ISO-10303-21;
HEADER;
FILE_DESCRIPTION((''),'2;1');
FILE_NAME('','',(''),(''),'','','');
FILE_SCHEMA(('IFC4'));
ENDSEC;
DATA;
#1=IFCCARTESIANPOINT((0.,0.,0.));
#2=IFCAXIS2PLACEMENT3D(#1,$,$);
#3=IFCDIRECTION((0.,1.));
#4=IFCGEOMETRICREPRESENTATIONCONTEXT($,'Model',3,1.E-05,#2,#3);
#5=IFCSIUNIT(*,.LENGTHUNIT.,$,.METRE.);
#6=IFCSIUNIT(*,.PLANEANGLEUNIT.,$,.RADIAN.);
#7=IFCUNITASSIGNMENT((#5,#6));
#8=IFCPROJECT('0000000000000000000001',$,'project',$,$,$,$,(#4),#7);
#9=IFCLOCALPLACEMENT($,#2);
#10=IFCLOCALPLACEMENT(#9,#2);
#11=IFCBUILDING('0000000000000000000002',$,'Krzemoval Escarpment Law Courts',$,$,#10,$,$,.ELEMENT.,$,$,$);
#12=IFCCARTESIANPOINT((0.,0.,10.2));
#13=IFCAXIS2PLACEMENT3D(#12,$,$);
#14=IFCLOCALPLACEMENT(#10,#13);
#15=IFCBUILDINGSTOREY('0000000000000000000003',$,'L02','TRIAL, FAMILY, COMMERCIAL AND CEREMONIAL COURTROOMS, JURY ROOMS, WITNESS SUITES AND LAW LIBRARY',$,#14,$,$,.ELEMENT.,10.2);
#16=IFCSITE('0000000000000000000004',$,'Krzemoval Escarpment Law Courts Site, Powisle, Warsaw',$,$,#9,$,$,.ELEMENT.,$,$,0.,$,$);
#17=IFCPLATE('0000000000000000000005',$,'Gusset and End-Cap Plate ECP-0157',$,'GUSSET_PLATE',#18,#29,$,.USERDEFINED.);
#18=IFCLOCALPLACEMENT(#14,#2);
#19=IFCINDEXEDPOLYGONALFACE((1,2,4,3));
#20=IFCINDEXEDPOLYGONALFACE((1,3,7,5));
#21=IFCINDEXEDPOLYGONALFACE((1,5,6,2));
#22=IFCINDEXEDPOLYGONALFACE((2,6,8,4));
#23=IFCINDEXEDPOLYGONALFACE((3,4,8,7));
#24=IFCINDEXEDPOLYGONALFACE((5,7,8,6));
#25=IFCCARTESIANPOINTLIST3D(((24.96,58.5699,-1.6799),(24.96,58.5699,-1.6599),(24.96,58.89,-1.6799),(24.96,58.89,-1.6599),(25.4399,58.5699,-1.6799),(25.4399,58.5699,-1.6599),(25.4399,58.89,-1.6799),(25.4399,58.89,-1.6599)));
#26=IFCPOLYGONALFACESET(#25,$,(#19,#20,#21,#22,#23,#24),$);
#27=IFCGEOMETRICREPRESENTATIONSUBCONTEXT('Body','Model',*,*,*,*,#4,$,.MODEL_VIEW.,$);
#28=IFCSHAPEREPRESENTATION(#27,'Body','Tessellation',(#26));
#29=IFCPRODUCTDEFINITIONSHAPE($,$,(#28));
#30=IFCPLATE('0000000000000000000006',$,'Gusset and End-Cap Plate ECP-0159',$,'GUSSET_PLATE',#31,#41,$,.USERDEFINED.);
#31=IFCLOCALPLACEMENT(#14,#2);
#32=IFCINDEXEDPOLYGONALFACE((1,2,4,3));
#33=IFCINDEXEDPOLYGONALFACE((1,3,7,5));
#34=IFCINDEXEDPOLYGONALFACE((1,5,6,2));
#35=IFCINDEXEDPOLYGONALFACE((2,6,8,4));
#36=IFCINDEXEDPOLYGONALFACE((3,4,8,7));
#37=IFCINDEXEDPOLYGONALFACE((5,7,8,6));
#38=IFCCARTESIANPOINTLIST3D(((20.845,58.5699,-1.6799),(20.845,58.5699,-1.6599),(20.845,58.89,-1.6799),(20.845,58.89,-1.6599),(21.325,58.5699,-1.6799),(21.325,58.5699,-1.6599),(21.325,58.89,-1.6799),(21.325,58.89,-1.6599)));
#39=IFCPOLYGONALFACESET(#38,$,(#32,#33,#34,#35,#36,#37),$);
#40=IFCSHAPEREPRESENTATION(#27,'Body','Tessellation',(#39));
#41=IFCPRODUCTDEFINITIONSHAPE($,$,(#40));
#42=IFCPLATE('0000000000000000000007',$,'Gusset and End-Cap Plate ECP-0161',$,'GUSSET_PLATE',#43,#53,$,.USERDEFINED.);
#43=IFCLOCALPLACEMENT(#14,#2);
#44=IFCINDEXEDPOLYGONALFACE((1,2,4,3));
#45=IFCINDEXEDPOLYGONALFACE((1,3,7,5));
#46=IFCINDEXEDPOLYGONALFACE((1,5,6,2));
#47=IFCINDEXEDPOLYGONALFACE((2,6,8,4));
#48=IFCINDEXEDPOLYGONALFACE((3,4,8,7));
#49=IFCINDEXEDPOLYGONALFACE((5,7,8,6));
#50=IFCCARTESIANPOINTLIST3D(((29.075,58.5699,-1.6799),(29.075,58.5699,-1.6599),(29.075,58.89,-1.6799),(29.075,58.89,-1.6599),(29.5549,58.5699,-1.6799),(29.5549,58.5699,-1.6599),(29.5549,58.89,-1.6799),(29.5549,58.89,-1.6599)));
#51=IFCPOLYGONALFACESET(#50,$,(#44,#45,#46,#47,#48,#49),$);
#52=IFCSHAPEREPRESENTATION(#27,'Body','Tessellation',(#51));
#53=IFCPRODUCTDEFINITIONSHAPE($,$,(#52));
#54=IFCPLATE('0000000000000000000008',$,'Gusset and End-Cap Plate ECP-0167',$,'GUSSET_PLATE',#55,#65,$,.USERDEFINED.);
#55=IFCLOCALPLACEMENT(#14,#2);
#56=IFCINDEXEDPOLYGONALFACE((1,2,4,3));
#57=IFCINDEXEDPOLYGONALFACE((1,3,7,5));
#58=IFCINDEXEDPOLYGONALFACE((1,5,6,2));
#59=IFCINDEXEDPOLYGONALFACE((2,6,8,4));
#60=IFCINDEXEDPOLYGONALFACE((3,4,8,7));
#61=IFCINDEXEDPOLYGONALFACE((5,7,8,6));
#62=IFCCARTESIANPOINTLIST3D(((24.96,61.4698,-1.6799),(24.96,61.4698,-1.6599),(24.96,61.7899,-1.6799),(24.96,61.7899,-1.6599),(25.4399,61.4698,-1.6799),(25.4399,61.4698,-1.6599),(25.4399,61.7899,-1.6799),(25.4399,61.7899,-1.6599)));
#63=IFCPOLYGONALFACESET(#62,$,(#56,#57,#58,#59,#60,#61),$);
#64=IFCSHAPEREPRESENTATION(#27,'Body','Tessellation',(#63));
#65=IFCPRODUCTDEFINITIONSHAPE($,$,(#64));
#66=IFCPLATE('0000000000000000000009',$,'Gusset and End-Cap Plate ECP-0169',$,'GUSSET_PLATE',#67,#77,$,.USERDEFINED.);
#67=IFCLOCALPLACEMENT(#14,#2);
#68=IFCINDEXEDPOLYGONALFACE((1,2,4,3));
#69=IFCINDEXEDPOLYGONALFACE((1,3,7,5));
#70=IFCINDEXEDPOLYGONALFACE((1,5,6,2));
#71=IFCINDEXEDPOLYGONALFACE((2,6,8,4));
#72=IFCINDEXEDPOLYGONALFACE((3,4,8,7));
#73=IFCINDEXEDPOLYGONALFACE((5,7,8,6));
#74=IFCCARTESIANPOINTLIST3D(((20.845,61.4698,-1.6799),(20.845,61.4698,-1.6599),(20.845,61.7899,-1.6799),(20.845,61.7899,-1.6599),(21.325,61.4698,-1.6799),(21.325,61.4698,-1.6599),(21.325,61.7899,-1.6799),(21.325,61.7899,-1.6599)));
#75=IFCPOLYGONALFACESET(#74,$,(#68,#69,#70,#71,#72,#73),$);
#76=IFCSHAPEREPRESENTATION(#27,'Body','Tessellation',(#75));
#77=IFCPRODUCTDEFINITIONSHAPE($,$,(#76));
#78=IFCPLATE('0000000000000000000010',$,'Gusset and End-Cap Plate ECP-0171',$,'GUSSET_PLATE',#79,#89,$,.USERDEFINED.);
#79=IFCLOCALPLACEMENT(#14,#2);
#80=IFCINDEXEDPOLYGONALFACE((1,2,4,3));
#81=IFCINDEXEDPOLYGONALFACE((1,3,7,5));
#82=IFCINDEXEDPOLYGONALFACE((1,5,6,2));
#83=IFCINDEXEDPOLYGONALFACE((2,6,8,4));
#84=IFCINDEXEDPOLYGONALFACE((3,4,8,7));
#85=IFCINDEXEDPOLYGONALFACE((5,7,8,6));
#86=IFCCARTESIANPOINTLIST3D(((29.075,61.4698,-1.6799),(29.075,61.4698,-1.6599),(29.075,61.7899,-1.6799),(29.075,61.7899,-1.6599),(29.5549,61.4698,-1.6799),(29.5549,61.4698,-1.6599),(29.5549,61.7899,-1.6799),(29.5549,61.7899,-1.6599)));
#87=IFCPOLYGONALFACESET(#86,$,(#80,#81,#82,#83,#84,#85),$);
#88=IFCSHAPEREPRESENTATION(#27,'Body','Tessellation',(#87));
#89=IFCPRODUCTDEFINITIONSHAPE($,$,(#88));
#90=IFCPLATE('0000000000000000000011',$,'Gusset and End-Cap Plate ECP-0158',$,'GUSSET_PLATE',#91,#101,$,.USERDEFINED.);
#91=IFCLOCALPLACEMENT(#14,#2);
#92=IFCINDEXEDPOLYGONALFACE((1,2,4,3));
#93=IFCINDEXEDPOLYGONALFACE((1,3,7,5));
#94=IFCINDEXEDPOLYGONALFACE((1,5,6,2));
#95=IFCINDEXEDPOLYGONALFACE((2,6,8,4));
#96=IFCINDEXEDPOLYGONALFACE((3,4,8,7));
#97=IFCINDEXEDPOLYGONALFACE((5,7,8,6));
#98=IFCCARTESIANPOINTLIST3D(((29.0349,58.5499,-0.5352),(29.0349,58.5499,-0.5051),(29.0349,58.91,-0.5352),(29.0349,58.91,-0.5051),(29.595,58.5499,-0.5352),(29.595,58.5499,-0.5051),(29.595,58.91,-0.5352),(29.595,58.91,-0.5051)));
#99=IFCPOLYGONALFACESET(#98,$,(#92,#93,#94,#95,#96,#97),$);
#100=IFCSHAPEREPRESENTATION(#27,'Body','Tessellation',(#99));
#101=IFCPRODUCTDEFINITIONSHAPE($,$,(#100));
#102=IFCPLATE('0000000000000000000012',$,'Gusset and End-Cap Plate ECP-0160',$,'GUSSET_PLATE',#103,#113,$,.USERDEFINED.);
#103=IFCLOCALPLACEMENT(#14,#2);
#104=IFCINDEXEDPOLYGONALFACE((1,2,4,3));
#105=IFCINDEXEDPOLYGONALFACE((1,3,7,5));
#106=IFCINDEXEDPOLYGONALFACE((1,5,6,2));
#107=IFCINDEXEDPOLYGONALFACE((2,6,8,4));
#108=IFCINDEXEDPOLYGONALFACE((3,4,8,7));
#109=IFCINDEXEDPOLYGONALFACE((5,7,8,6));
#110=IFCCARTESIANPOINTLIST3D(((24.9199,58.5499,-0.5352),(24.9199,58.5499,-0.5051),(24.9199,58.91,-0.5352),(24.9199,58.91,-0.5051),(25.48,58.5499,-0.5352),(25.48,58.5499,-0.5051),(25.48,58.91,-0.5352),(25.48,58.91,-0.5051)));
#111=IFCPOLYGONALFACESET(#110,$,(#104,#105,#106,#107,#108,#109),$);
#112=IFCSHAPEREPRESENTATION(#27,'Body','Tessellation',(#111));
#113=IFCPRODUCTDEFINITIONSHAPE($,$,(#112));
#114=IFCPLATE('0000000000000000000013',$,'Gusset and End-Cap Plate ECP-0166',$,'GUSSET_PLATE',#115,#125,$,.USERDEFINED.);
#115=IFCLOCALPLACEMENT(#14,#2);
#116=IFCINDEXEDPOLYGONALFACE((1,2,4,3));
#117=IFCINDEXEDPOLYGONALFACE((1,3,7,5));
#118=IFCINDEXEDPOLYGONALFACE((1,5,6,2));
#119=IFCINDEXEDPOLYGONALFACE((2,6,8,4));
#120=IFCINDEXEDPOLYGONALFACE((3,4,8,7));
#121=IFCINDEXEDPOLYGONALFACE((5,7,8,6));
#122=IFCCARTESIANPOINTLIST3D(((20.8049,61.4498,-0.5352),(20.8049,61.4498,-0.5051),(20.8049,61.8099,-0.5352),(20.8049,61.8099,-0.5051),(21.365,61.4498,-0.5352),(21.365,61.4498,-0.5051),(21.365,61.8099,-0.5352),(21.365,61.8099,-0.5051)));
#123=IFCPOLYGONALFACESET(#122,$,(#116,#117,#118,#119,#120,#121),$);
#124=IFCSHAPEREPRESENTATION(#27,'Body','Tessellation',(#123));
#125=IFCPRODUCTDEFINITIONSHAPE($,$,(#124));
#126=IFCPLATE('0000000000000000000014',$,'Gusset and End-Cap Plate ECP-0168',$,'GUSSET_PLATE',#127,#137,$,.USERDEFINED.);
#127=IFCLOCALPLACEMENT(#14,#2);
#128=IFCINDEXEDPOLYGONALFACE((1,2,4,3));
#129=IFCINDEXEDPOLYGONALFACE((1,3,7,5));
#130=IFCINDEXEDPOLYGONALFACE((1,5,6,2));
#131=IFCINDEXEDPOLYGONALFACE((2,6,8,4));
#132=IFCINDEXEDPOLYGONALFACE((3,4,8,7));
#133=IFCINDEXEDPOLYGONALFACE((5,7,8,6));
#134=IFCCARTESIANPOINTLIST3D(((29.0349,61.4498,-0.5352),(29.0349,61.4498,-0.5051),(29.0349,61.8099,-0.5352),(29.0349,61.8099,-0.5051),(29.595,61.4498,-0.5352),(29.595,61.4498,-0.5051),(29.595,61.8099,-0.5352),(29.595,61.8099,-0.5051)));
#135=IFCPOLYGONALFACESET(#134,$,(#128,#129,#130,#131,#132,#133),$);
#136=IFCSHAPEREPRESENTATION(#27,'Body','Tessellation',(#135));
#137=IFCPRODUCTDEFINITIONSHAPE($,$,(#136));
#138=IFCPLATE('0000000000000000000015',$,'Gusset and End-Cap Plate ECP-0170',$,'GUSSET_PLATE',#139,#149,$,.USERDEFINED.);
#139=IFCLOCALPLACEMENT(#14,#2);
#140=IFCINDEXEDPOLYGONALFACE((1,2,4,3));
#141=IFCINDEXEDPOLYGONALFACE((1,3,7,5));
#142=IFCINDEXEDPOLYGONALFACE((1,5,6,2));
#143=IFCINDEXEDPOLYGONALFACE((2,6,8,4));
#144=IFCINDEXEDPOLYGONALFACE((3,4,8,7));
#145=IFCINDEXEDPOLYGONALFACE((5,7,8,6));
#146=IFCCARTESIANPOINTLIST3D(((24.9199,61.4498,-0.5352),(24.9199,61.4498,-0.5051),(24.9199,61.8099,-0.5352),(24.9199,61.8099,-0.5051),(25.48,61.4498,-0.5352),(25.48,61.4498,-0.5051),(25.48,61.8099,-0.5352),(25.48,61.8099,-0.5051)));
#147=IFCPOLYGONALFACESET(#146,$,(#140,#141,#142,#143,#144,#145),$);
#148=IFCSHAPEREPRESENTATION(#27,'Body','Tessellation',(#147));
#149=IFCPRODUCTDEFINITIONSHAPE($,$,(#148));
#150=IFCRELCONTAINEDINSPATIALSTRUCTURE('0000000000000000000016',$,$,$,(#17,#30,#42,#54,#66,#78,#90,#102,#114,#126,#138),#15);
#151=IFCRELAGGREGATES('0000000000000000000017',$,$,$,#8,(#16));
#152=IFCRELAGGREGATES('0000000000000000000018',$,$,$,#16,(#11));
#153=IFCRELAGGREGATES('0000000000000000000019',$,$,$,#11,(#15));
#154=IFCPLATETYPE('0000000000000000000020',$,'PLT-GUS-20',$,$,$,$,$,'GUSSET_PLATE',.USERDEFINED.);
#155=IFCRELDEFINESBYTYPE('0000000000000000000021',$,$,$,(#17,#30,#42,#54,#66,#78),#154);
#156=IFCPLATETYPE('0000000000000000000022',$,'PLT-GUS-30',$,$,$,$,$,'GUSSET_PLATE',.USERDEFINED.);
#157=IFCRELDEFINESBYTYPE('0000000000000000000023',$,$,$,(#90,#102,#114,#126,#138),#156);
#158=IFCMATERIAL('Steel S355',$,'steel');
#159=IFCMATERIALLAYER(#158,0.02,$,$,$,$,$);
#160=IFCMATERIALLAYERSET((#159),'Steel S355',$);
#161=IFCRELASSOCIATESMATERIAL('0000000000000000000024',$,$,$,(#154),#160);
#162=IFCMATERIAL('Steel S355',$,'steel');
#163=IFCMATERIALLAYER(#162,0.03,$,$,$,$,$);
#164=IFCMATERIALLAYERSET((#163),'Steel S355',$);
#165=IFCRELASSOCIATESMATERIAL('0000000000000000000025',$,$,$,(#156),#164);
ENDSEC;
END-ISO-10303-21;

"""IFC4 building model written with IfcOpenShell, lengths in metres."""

from ifc_helpers import new_model, si_unit, direction, frame, origin, origin_2d, place, context, subcontext, project, spatial, rectangle, extrude, material, layer, layer_set, type_object, element, save


model = new_model("IFC4")

# Units and contexts
model_context = context("Model", 3, precision=1e-05, world=origin(), true_north=direction((0.0, 1.0)))
body_context = subcontext(model_context, "Body", "Model", "MODEL_VIEW")
ifc_project = project(units=[si_unit("LENGTHUNIT", "METRE"), si_unit("PLANEANGLEUNIT", "RADIAN")], contexts=[model_context])

# Site, building, storey
site_placement = place(None, origin())
site = spatial("IfcSite", under=ifc_project, at=site_placement, Name="Krzemoval Escarpment Law Courts Site, Powisle, Warsaw", CompositionType="ELEMENT", RefElevation=0.0)
building_placement = place(site_placement, origin())
building = spatial("IfcBuilding", under=site, at=building_placement, Name="Krzemoval Escarpment Law Courts", CompositionType="ELEMENT")
storey_placement = place(building_placement, frame((0.0, 0.0, 10.2)))
storey = spatial("IfcBuildingStorey", under=building, at=storey_placement, Name="L02", Description="TRIAL, FAMILY, COMMERCIAL AND CEREMONIAL COURTROOMS, JURY ROOMS, WITNESS SUITES AND LAW LIBRARY", CompositionType="ELEMENT", Elevation=10.2)

# Plates
ifc_material_1 = material(Name="Steel S355", Category="steel")
ifc_layer_1 = layer(ifc_material_1, 0.02)
ifc_layer_set_1 = layer_set([ifc_layer_1], Name="Steel S355")
plate_type_1 = type_object("IfcPlateType", Name="PLT-GUS-20", ElementType="GUSSET_PLATE", PredefinedType="USERDEFINED", material=ifc_layer_set_1)
for number, where, z_axis, x_axis, name in (
    (1, (25.2, 58.73, -1.6799), (0.0, 0.0, 1.0), (1.0, 0.0, 0.0), "Gusset and End-Cap Plate ECP-0157"),
    (2, (21.085, 58.73, -1.6799), (0.0, 0.0, 1.0), (1.0, 0.0, 0.0), "Gusset and End-Cap Plate ECP-0159"),
    (3, (29.3149, 58.73, -1.6799), (0.0, 0.0, 1.0), (1.0, 0.0, 0.0), "Gusset and End-Cap Plate ECP-0161"),
    (4, (25.2, 61.6299, -1.6799), (0.0, 0.0, 1.0), (1.0, 0.0, 0.0), "Gusset and End-Cap Plate ECP-0167"),
    (5, (21.085, 61.6299, -1.6799), (0.0, 0.0, 1.0), (1.0, 0.0, 0.0), "Gusset and End-Cap Plate ECP-0169"),
    (6, (29.3149, 61.6299, -1.6799), (0.0, 0.0, 1.0), (1.0, 0.0, 0.0), "Gusset and End-Cap Plate ECP-0171"),
):
    element("IfcPlate", number, at=place(storey_placement, frame(where, z_axis=z_axis, x_axis=x_axis)), inside=storey, type_object=plate_type_1, Name=name, ObjectType="GUSSET_PLATE", PredefinedType="USERDEFINED", context=body_context, shape_type="SweptSolid", body=[
        extrude(rectangle(XDim=0.48, YDim=0.3201, at=origin_2d()), origin(), (0.0, 0.0, 1.0), 0.02),
    ])
ifc_material_2 = material(Name="Steel S355", Category="steel")
ifc_layer_2 = layer(ifc_material_2, 0.03)
ifc_layer_set_2 = layer_set([ifc_layer_2], Name="Steel S355")
plate_type_2 = type_object("IfcPlateType", Name="PLT-GUS-30", ElementType="GUSSET_PLATE", PredefinedType="USERDEFINED", material=ifc_layer_set_2)
for number, where, z_axis, x_axis, name in (
    (7, (29.3149, 58.73, -0.5352), (0.0, 0.0, 1.0), (1.0, 0.0, 0.0), "Gusset and End-Cap Plate ECP-0158"),
    (8, (25.2, 58.73, -0.5352), (0.0, 0.0, 1.0), (1.0, 0.0, 0.0), "Gusset and End-Cap Plate ECP-0160"),
    (9, (21.085, 61.6299, -0.5352), (0.0, 0.0, 1.0), (1.0, 0.0, 0.0), "Gusset and End-Cap Plate ECP-0166"),
    (10, (29.3149, 61.6299, -0.5352), (0.0, 0.0, 1.0), (1.0, 0.0, 0.0), "Gusset and End-Cap Plate ECP-0168"),
    (11, (25.2, 61.6299, -0.5352), (0.0, 0.0, 1.0), (1.0, 0.0, 0.0), "Gusset and End-Cap Plate ECP-0170"),
):
    element("IfcPlate", number, at=place(storey_placement, frame(where, z_axis=z_axis, x_axis=x_axis)), inside=storey, type_object=plate_type_2, Name=name, ObjectType="GUSSET_PLATE", PredefinedType="USERDEFINED", context=body_context, shape_type="SweptSolid", body=[
        extrude(rectangle(XDim=0.5601, YDim=0.3601, at=origin_2d()), origin(), (0.0, 0.0, 1.0), 0.03),
    ])

save(model, "model.ifc")
